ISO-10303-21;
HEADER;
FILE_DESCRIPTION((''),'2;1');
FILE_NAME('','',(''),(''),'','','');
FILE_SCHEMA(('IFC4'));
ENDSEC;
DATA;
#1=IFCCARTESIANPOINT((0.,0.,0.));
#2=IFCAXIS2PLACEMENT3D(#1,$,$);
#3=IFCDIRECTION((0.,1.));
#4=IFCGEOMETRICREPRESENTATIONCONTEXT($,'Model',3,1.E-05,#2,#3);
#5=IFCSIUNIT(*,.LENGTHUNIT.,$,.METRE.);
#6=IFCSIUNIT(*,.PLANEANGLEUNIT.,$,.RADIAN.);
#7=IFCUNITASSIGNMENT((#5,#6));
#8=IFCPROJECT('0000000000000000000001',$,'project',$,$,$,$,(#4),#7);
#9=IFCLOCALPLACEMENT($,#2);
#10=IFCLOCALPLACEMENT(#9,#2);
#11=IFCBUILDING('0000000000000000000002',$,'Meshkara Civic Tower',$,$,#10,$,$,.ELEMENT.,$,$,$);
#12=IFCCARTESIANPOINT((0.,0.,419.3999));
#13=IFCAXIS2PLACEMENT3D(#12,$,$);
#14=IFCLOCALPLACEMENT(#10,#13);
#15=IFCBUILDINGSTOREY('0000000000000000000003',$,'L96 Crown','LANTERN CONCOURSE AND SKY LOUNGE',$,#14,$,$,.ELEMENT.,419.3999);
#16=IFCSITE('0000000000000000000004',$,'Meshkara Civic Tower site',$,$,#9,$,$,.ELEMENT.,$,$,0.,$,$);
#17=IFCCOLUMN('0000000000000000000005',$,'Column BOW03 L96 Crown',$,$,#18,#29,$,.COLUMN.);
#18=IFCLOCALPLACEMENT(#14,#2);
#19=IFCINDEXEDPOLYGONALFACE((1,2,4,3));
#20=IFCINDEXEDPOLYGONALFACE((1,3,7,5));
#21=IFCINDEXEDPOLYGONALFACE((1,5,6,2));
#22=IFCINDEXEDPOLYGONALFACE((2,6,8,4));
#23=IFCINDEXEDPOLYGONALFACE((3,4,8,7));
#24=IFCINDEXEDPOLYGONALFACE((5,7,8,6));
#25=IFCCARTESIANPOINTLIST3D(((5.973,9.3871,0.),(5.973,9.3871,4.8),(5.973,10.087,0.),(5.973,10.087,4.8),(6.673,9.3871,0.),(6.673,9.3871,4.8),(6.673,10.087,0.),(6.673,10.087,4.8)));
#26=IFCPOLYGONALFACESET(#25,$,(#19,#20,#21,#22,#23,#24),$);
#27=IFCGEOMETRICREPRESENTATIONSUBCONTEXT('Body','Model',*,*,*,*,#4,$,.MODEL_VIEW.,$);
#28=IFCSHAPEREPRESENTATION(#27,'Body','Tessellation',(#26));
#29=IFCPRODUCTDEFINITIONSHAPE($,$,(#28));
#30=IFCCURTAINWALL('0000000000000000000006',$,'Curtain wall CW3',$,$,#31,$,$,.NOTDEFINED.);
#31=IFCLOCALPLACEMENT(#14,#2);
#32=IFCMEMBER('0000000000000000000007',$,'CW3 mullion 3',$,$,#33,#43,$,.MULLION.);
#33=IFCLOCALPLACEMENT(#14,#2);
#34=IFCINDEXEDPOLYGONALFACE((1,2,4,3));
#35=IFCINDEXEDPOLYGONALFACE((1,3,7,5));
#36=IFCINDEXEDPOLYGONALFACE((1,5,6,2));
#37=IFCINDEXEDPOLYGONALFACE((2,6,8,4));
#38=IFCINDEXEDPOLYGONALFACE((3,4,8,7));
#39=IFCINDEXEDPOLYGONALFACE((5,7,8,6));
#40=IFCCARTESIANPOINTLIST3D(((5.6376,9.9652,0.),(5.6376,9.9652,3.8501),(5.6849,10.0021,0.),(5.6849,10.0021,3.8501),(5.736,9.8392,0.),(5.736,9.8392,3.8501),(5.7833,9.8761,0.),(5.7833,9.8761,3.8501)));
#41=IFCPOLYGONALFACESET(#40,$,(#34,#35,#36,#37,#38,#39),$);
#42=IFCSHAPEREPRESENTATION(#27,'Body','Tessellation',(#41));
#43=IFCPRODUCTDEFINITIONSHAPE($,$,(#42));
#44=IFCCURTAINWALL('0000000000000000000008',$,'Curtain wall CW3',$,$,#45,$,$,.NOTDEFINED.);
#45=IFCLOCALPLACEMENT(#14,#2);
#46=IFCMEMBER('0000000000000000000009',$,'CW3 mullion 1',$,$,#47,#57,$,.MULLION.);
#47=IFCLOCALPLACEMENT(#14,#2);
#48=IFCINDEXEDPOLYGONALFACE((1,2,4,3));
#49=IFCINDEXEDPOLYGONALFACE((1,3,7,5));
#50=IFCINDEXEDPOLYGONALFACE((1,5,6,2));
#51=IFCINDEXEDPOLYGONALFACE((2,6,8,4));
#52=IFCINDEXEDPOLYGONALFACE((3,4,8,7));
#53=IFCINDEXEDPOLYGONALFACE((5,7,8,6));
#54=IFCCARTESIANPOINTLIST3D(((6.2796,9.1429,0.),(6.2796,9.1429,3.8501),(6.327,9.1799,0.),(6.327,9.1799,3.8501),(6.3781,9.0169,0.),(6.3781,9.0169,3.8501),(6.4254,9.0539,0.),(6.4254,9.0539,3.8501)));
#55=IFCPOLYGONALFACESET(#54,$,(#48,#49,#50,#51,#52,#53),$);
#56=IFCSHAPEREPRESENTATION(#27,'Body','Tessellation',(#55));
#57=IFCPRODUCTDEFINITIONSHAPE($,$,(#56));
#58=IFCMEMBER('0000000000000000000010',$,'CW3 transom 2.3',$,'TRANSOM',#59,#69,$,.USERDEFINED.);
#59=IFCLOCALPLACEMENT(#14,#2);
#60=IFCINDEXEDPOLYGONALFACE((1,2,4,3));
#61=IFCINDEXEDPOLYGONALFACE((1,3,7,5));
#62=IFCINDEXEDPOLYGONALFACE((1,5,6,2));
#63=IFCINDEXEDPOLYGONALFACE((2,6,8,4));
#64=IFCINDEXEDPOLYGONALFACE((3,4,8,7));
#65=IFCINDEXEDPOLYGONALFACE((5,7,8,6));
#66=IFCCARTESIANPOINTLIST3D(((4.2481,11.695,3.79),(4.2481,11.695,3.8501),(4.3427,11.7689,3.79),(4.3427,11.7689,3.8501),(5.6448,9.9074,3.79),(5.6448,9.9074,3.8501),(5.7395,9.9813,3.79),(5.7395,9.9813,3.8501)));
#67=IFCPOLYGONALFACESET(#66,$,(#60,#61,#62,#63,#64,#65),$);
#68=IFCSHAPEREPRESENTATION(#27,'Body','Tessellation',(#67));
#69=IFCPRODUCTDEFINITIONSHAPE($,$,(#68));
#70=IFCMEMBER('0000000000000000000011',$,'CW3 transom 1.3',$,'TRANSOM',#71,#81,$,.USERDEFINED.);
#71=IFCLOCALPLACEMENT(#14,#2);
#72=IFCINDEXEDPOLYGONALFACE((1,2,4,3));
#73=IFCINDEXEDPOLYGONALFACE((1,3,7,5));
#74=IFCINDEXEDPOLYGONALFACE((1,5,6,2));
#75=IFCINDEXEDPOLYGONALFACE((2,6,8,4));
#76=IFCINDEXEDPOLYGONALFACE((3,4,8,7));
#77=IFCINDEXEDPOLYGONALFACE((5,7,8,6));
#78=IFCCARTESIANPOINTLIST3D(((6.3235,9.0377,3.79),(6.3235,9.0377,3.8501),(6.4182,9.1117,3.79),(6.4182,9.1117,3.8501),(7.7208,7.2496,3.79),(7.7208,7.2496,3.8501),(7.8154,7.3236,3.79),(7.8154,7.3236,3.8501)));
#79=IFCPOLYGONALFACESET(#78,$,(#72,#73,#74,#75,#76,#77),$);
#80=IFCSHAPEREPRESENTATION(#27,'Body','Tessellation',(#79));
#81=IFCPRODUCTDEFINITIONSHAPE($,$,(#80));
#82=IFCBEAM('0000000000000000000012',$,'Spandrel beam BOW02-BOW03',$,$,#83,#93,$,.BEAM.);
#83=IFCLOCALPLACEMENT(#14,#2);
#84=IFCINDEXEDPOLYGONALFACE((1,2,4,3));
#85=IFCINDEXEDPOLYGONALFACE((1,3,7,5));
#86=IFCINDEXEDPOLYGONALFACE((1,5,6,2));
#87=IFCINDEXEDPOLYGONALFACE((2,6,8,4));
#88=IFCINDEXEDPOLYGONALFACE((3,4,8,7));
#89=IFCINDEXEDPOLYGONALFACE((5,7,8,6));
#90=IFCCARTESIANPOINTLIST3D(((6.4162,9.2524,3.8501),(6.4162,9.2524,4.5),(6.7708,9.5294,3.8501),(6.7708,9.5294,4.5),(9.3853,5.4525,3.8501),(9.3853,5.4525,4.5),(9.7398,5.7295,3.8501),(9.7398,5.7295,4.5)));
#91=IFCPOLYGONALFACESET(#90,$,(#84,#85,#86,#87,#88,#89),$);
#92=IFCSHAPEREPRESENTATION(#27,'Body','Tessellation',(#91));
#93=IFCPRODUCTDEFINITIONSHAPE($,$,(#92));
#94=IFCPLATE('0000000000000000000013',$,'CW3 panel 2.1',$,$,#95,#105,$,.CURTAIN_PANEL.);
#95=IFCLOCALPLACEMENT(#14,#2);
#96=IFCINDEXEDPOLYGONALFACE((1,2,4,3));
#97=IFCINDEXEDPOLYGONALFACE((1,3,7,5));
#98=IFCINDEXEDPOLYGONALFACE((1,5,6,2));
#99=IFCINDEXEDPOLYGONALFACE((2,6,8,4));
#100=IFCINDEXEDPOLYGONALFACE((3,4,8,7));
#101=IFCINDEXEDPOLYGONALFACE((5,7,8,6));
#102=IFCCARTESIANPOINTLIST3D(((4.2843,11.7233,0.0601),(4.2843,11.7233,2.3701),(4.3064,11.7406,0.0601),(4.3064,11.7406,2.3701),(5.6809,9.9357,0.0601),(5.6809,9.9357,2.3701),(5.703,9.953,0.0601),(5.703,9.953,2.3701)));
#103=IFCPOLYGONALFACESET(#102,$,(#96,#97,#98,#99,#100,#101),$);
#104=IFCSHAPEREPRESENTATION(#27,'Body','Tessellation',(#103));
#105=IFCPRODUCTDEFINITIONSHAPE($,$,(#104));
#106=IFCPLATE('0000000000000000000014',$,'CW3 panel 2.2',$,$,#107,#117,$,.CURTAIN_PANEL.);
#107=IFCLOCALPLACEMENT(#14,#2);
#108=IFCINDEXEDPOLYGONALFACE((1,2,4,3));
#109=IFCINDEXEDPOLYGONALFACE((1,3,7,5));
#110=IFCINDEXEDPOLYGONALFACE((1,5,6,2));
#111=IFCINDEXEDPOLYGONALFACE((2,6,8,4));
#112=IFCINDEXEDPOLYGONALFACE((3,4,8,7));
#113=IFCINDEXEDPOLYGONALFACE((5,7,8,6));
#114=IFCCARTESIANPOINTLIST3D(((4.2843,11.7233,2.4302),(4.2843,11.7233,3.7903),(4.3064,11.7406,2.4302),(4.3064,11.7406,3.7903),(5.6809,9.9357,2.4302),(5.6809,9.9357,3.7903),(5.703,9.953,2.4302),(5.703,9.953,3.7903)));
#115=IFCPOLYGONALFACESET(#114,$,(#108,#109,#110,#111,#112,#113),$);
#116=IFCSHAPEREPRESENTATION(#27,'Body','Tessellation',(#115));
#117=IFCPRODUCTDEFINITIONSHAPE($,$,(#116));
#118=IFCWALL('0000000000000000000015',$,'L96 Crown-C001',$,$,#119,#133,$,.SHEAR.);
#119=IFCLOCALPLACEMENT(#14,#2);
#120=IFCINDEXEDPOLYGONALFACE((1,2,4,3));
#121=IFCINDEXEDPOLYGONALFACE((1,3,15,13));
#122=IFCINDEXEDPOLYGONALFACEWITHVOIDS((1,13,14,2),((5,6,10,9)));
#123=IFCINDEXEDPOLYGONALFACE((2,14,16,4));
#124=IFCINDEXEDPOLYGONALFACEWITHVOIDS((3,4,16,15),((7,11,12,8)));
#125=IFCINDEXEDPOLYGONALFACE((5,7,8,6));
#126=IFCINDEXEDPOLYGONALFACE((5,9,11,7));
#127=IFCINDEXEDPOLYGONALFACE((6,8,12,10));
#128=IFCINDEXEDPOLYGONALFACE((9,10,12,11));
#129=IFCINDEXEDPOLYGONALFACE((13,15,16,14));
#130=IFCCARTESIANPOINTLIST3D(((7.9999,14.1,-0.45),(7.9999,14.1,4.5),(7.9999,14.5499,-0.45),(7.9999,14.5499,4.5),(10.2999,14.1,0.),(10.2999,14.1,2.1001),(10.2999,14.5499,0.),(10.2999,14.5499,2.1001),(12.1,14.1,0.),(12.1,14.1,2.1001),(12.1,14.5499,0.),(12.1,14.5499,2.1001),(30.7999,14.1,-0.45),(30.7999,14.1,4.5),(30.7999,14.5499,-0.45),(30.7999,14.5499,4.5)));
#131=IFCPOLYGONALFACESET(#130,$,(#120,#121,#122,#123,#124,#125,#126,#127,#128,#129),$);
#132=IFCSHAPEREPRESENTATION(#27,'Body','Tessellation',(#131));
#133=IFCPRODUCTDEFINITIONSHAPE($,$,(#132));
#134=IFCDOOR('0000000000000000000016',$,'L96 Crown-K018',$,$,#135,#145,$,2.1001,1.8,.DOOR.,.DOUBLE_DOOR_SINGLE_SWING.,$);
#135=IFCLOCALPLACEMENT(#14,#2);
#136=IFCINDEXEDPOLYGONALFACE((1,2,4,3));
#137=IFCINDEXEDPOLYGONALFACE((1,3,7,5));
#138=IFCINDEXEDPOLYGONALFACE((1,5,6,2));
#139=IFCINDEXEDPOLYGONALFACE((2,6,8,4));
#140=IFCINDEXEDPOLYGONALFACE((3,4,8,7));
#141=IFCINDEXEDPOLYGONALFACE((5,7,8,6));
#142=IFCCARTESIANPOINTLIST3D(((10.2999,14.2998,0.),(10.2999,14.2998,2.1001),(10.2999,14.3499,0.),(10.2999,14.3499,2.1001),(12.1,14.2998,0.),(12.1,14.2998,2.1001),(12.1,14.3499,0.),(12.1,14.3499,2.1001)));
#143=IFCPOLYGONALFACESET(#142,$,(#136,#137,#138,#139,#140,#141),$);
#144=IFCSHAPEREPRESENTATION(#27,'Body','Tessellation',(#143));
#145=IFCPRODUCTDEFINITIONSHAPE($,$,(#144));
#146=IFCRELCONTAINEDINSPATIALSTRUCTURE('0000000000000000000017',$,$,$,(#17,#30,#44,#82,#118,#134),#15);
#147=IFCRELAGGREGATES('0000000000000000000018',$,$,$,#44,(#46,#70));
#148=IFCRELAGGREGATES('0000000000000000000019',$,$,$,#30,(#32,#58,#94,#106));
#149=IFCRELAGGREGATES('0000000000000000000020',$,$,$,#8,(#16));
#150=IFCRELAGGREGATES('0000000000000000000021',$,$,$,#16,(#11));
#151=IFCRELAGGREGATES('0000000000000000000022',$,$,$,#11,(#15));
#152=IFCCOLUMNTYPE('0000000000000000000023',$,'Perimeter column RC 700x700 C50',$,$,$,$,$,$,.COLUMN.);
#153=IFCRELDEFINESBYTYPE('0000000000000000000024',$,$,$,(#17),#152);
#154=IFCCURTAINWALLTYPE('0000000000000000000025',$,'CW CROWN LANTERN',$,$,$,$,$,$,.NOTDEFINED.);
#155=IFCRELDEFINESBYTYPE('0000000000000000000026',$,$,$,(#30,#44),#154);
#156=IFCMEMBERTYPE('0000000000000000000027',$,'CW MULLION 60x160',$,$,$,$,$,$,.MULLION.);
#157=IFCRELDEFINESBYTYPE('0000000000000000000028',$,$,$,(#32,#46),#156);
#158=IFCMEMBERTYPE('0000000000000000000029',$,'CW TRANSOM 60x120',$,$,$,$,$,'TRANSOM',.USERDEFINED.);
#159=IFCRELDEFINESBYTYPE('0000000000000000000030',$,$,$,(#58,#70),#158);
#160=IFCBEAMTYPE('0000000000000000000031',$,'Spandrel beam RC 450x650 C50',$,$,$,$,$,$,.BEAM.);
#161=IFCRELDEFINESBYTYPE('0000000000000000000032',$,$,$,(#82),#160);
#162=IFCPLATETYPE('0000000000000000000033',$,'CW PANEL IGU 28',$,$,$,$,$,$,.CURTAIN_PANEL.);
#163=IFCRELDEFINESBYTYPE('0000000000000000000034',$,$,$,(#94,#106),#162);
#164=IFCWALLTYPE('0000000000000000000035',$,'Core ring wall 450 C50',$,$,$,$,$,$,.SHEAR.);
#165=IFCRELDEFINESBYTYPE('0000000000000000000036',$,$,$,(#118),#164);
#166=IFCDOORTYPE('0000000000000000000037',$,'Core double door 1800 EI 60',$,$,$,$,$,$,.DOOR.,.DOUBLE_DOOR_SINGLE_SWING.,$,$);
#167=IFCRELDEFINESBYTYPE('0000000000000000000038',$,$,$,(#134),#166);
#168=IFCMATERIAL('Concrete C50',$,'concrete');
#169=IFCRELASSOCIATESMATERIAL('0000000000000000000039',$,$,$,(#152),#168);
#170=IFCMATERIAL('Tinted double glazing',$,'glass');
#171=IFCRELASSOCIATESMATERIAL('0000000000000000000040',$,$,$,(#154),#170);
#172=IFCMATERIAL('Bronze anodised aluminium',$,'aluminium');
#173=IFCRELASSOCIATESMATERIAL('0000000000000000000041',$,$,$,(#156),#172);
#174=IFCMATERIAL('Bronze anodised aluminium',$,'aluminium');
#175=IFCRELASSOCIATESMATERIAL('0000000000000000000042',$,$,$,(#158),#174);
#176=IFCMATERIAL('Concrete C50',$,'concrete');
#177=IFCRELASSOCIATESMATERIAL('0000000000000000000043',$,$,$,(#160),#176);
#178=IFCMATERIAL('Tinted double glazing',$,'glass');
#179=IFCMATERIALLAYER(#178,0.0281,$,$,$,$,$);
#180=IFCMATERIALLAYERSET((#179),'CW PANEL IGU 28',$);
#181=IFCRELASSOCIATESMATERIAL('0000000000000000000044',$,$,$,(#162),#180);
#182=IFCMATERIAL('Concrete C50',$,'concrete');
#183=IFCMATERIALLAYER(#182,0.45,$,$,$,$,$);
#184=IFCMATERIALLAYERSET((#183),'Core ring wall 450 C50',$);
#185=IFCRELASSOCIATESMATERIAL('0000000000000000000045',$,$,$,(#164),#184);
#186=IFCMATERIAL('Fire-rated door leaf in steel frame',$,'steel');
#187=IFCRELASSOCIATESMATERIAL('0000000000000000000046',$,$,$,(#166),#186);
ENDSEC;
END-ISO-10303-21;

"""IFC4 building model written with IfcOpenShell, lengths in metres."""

from ifc_helpers import new_model, si_unit, direction, frame, frame_2d, origin, origin_2d, place, context, subcontext, project, spatial, rectangle, extrude, material, layer, layer_set, material_profile, profile_set, type_object, element, fill, aggregate, save


model = new_model("IFC4")

# Units and contexts
model_context = context("Model", 3, precision=1e-05, world=origin(), true_north=direction((0.0, 1.0)))
body_context = subcontext(model_context, "Body", "Model", "MODEL_VIEW")
ifc_project = project(units=[si_unit("LENGTHUNIT", "METRE"), si_unit("PLANEANGLEUNIT", "RADIAN")], contexts=[model_context])

# Site, building, storey
site_placement = place(None, origin())
site = spatial("IfcSite", under=ifc_project, at=site_placement, Name="Meshkara Civic Tower site", CompositionType="ELEMENT", RefElevation=0.0)
building_placement = place(site_placement, origin())
building = spatial("IfcBuilding", under=site, at=building_placement, Name="Meshkara Civic Tower", CompositionType="ELEMENT")
storey_placement = place(building_placement, frame((0.0, 0.0, 419.3999)))
storey = spatial("IfcBuildingStorey", under=building, at=storey_placement, Name="L96 Crown", Description="LANTERN CONCOURSE AND SKY LOUNGE", CompositionType="ELEMENT", Elevation=419.3999)

# Column
ifc_material_1 = material(Name="Concrete C50", Category="concrete")
ifc_material_profile_1 = material_profile(ifc_material_1, rectangle(XDim=0.7, YDim=0.7, at=origin_2d()))
ifc_profile_set_1 = profile_set([ifc_material_profile_1], Name="Concrete C50")
column_type = type_object("IfcColumnType", Name="Perimeter column RC 700x700 C50", PredefinedType="COLUMN", material=ifc_profile_set_1)
column_placement = place(storey_placement, frame((6.323, 9.7371, 0.0), z_axis=(0.0, 0.0, 1.0), x_axis=(1.0, 0.0, 0.0)))
element("IfcColumn", 1, at=column_placement, inside=storey, type_object=column_type, Name="Column BOW03 L96 Crown", PredefinedType="COLUMN", context=body_context, shape_type="SweptSolid", body=[
    extrude(rectangle(XDim=0.7, YDim=0.7, at=origin_2d()), origin(), (0.0, 0.0, 1.0), 4.8),
])

# Curtain walls, members
ifc_material_2 = material(Name="Tinted double glazing", Category="glass")
curtain_wall_type = type_object("IfcCurtainWallType", Name="CW CROWN LANTERN", PredefinedType="NOTDEFINED", material=ifc_material_2)
curtain_wall_1_placement = place(storey_placement, origin())
curtain_wall_1 = element("IfcCurtainWall", 2, at=curtain_wall_1_placement, inside=storey, type_object=curtain_wall_type, Name="Curtain wall CW3", PredefinedType="NOTDEFINED")
ifc_material_3 = material(Name="Bronze anodised aluminium", Category="aluminium")
ifc_material_profile_2 = material_profile(ifc_material_3, rectangle(XDim=0.0601, YDim=0.1599, at=origin_2d()))
ifc_profile_set_2 = profile_set([ifc_material_profile_2], Name="Bronze anodised aluminium")
member_type_1 = type_object("IfcMemberType", Name="CW MULLION 60x160", PredefinedType="MULLION", material=ifc_profile_set_2)
member_1_placement = place(storey_placement, frame((5.7104, 9.9207, 0.0), z_axis=(0.0, 0.0, 1.0), x_axis=(0.788015, 0.615656, 0.0)))
member_1 = element("IfcMember", 3, at=member_1_placement, type_object=member_type_1, Name="CW3 mullion 3", PredefinedType="MULLION", context=body_context, shape_type="SweptSolid", body=[
    extrude(rectangle(XDim=0.0601, YDim=0.1599, at=origin_2d()), origin(), (0.0, 0.0, 1.0), 3.8501),
])
curtain_wall_2_placement = place(storey_placement, origin())
curtain_wall_2 = element("IfcCurtainWall", 4, at=curtain_wall_2_placement, inside=storey, type_object=curtain_wall_type, Name="Curtain wall CW3", PredefinedType="NOTDEFINED")
member_2_placement = place(storey_placement, frame((6.3525, 9.0984, 0.0), z_axis=(0.0, 0.0, 1.0), x_axis=(0.787992, 0.615685, 0.0)))
member_2 = element("IfcMember", 5, at=member_2_placement, type_object=member_type_1, Name="CW3 mullion 1", PredefinedType="MULLION", context=body_context, shape_type="SweptSolid", body=[
    extrude(rectangle(XDim=0.0601, YDim=0.1599, at=origin_2d()), origin(), (0.0, 0.0, 1.0), 3.8501),
])

# Members
ifc_material_4 = material(Name="Bronze anodised aluminium", Category="aluminium")
ifc_material_profile_3 = material_profile(ifc_material_4, rectangle(XDim=0.1201, YDim=0.0601, at=origin_2d()))
ifc_profile_set_3 = profile_set([ifc_material_profile_3], Name="Bronze anodised aluminium")
member_type_2 = type_object("IfcMemberType", Name="CW TRANSOM 60x120", ElementType="TRANSOM", PredefinedType="USERDEFINED", material=ifc_profile_set_3)
member_3_placement = place(storey_placement, frame((4.2954, 11.7319, 3.8201), z_axis=(0.61569, -0.787988, 0.0), x_axis=(0.787988, 0.61569, 0.0)))
member_3 = element("IfcMember", 6, at=member_3_placement, type_object=member_type_2, Name="CW3 transom 2.3", ObjectType="TRANSOM", PredefinedType="USERDEFINED", context=body_context, shape_type="SweptSolid", body=[
    extrude(rectangle(XDim=0.1201, YDim=0.0601, at=origin_2d()), origin(), (0.0, 0.0, 1.0), 2.2686),
])
member_4_placement = place(storey_placement, frame((6.3708, 9.0747, 3.8201), z_axis=(0.615719, -0.787966, 0.0), x_axis=(0.787966, 0.615719, 0.0)))
member_4 = element("IfcMember", 7, at=member_4_placement, type_object=member_type_2, Name="CW3 transom 1.3", ObjectType="TRANSOM", PredefinedType="USERDEFINED", context=body_context, shape_type="SweptSolid", body=[
    extrude(rectangle(XDim=0.1201, YDim=0.0601, at=origin_2d()), origin(), (0.0, 0.0, 1.0), 2.2693),
])
aggregate(curtain_wall_2, [member_2, member_4])

# Beam
ifc_material_5 = material(Name="Concrete C50", Category="concrete")
ifc_material_profile_4 = material_profile(ifc_material_5, rectangle(XDim=0.45, YDim=0.6499, at=origin_2d()))
ifc_profile_set_4 = profile_set([ifc_material_profile_4], Name="Concrete C50")
beam_type = type_object("IfcBeamType", Name="Spandrel beam RC 450x650 C50", PredefinedType="BEAM", material=ifc_profile_set_4)
beam_placement = place(storey_placement, frame((6.5935, 9.3909, 4.175), z_axis=(0.615695, -0.787984, 0.0), x_axis=(0.787984, 0.615695, 0.0)))
element("IfcBeam", 8, at=beam_placement, inside=storey, type_object=beam_type, Name="Spandrel beam BOW02-BOW03", PredefinedType="BEAM", context=body_context, shape_type="SweptSolid", body=[
    extrude(rectangle(XDim=0.45, YDim=0.6499, at=origin_2d()), origin(), (0.0, 0.0, 1.0), 4.8223),
])

# Plates
ifc_material_6 = material(Name="Tinted double glazing", Category="glass")
ifc_layer_1 = layer(ifc_material_6, 0.0281)
ifc_layer_set_1 = layer_set([ifc_layer_1], Name="CW PANEL IGU 28")
plate_type = type_object("IfcPlateType", Name="CW PANEL IGU 28", PredefinedType="CURTAIN_PANEL", material=ifc_layer_set_1)
plate_1_placement = place(storey_placement, frame((4.9937, 10.8381, 0.0601), z_axis=(0.0, 0.0, 1.0), x_axis=(0.615656, -0.788015, 0.0)))
plate_1 = element("IfcPlate", 9, at=plate_1_placement, type_object=plate_type, Name="CW3 panel 2.1", PredefinedType="CURTAIN_PANEL", context=body_context, shape_type="SweptSolid", body=[
    extrude(rectangle(XDim=2.2686, YDim=0.0281, at=origin_2d()), origin(), (0.0, 0.0, 1.0), 2.3101),
])
plate_2_placement = place(storey_placement, frame((4.9937, 10.8381, 2.4302), z_axis=(0.0, 0.0, 1.0), x_axis=(0.615656, -0.788015, 0.0)))
plate_2 = element("IfcPlate", 10, at=plate_2_placement, type_object=plate_type, Name="CW3 panel 2.2", PredefinedType="CURTAIN_PANEL", context=body_context, shape_type="SweptSolid", body=[
    extrude(rectangle(XDim=2.2686, YDim=0.0281, at=origin_2d()), origin(), (0.0, 0.0, 1.0), 1.3601),
])
aggregate(curtain_wall_1, [member_1, member_3, plate_1, plate_2])

# Wall, opening, door
ifc_material_7 = material(Name="Concrete C50", Category="concrete")
ifc_layer_2 = layer(ifc_material_7, 0.45)
ifc_layer_set_2 = layer_set([ifc_layer_2], Name="Core ring wall 450 C50")
wall_type = type_object("IfcWallType", Name="Core ring wall 450 C50", PredefinedType="SHEAR", material=ifc_layer_set_2)
wall_placement = place(storey_placement, frame((8.0, 14.325, -0.45), z_axis=(0.0, 0.0, 1.0), x_axis=(1.0, 0.0, 0.0)))
wall = element("IfcWall", 11, at=wall_placement, inside=storey, type_object=wall_type, Name="L96 Crown-C001", PredefinedType="SHEAR", context=body_context, shape_type="SweptSolid", body=[
    extrude(rectangle(XDim=22.8, YDim=0.45, at=frame_2d((11.3999, 0.0))), origin(), (0.0, 0.0, 1.0), 4.95),
])
opening_placement = place(wall_placement, frame((2.3, 0.0, 0.45)))
opening = element("IfcOpeningElement", 12, at=opening_placement, cuts=wall, PredefinedType="OPENING", context=body_context, shape_type="SweptSolid", body=[
    extrude(rectangle(XDim=1.8, YDim=2.1001, at=frame_2d((0.8999, 1.05))), frame((0.0, 0.2349, 0.0), z_axis=(0.0, -1.0, 0.0), x_axis=(1.0, 0.0, 0.0)), (0.0, 0.0, 1.0), 0.47),
])
ifc_material_8 = material(Name="Fire-rated door leaf in steel frame", Category="steel")
door_type = type_object("IfcDoorType", Name="Core double door 1800 EI 60", OperationType="DOUBLE_DOOR_SINGLE_SWING", PredefinedType="DOOR", material=ifc_material_8)
door_placement = place(opening_placement, origin())
door = element("IfcDoor", 13, at=door_placement, inside=storey, type_object=door_type, Name="L96 Crown-K018", OperationType="DOUBLE_DOOR_SINGLE_SWING", OverallHeight=2.1001, OverallWidth=1.8, PredefinedType="DOOR", context=body_context, shape_type="SweptSolid", body=[
    extrude(rectangle(XDim=1.8, YDim=2.1001, at=frame_2d((0.8999, 1.05))), frame((0.0, 0.0249, 0.0), z_axis=(0.0, -1.0, 0.0), x_axis=(1.0, 0.0, 0.0)), (0.0, 0.0, 1.0), 0.05),
])
fill(opening, door)

save(model, "model.ifc")
